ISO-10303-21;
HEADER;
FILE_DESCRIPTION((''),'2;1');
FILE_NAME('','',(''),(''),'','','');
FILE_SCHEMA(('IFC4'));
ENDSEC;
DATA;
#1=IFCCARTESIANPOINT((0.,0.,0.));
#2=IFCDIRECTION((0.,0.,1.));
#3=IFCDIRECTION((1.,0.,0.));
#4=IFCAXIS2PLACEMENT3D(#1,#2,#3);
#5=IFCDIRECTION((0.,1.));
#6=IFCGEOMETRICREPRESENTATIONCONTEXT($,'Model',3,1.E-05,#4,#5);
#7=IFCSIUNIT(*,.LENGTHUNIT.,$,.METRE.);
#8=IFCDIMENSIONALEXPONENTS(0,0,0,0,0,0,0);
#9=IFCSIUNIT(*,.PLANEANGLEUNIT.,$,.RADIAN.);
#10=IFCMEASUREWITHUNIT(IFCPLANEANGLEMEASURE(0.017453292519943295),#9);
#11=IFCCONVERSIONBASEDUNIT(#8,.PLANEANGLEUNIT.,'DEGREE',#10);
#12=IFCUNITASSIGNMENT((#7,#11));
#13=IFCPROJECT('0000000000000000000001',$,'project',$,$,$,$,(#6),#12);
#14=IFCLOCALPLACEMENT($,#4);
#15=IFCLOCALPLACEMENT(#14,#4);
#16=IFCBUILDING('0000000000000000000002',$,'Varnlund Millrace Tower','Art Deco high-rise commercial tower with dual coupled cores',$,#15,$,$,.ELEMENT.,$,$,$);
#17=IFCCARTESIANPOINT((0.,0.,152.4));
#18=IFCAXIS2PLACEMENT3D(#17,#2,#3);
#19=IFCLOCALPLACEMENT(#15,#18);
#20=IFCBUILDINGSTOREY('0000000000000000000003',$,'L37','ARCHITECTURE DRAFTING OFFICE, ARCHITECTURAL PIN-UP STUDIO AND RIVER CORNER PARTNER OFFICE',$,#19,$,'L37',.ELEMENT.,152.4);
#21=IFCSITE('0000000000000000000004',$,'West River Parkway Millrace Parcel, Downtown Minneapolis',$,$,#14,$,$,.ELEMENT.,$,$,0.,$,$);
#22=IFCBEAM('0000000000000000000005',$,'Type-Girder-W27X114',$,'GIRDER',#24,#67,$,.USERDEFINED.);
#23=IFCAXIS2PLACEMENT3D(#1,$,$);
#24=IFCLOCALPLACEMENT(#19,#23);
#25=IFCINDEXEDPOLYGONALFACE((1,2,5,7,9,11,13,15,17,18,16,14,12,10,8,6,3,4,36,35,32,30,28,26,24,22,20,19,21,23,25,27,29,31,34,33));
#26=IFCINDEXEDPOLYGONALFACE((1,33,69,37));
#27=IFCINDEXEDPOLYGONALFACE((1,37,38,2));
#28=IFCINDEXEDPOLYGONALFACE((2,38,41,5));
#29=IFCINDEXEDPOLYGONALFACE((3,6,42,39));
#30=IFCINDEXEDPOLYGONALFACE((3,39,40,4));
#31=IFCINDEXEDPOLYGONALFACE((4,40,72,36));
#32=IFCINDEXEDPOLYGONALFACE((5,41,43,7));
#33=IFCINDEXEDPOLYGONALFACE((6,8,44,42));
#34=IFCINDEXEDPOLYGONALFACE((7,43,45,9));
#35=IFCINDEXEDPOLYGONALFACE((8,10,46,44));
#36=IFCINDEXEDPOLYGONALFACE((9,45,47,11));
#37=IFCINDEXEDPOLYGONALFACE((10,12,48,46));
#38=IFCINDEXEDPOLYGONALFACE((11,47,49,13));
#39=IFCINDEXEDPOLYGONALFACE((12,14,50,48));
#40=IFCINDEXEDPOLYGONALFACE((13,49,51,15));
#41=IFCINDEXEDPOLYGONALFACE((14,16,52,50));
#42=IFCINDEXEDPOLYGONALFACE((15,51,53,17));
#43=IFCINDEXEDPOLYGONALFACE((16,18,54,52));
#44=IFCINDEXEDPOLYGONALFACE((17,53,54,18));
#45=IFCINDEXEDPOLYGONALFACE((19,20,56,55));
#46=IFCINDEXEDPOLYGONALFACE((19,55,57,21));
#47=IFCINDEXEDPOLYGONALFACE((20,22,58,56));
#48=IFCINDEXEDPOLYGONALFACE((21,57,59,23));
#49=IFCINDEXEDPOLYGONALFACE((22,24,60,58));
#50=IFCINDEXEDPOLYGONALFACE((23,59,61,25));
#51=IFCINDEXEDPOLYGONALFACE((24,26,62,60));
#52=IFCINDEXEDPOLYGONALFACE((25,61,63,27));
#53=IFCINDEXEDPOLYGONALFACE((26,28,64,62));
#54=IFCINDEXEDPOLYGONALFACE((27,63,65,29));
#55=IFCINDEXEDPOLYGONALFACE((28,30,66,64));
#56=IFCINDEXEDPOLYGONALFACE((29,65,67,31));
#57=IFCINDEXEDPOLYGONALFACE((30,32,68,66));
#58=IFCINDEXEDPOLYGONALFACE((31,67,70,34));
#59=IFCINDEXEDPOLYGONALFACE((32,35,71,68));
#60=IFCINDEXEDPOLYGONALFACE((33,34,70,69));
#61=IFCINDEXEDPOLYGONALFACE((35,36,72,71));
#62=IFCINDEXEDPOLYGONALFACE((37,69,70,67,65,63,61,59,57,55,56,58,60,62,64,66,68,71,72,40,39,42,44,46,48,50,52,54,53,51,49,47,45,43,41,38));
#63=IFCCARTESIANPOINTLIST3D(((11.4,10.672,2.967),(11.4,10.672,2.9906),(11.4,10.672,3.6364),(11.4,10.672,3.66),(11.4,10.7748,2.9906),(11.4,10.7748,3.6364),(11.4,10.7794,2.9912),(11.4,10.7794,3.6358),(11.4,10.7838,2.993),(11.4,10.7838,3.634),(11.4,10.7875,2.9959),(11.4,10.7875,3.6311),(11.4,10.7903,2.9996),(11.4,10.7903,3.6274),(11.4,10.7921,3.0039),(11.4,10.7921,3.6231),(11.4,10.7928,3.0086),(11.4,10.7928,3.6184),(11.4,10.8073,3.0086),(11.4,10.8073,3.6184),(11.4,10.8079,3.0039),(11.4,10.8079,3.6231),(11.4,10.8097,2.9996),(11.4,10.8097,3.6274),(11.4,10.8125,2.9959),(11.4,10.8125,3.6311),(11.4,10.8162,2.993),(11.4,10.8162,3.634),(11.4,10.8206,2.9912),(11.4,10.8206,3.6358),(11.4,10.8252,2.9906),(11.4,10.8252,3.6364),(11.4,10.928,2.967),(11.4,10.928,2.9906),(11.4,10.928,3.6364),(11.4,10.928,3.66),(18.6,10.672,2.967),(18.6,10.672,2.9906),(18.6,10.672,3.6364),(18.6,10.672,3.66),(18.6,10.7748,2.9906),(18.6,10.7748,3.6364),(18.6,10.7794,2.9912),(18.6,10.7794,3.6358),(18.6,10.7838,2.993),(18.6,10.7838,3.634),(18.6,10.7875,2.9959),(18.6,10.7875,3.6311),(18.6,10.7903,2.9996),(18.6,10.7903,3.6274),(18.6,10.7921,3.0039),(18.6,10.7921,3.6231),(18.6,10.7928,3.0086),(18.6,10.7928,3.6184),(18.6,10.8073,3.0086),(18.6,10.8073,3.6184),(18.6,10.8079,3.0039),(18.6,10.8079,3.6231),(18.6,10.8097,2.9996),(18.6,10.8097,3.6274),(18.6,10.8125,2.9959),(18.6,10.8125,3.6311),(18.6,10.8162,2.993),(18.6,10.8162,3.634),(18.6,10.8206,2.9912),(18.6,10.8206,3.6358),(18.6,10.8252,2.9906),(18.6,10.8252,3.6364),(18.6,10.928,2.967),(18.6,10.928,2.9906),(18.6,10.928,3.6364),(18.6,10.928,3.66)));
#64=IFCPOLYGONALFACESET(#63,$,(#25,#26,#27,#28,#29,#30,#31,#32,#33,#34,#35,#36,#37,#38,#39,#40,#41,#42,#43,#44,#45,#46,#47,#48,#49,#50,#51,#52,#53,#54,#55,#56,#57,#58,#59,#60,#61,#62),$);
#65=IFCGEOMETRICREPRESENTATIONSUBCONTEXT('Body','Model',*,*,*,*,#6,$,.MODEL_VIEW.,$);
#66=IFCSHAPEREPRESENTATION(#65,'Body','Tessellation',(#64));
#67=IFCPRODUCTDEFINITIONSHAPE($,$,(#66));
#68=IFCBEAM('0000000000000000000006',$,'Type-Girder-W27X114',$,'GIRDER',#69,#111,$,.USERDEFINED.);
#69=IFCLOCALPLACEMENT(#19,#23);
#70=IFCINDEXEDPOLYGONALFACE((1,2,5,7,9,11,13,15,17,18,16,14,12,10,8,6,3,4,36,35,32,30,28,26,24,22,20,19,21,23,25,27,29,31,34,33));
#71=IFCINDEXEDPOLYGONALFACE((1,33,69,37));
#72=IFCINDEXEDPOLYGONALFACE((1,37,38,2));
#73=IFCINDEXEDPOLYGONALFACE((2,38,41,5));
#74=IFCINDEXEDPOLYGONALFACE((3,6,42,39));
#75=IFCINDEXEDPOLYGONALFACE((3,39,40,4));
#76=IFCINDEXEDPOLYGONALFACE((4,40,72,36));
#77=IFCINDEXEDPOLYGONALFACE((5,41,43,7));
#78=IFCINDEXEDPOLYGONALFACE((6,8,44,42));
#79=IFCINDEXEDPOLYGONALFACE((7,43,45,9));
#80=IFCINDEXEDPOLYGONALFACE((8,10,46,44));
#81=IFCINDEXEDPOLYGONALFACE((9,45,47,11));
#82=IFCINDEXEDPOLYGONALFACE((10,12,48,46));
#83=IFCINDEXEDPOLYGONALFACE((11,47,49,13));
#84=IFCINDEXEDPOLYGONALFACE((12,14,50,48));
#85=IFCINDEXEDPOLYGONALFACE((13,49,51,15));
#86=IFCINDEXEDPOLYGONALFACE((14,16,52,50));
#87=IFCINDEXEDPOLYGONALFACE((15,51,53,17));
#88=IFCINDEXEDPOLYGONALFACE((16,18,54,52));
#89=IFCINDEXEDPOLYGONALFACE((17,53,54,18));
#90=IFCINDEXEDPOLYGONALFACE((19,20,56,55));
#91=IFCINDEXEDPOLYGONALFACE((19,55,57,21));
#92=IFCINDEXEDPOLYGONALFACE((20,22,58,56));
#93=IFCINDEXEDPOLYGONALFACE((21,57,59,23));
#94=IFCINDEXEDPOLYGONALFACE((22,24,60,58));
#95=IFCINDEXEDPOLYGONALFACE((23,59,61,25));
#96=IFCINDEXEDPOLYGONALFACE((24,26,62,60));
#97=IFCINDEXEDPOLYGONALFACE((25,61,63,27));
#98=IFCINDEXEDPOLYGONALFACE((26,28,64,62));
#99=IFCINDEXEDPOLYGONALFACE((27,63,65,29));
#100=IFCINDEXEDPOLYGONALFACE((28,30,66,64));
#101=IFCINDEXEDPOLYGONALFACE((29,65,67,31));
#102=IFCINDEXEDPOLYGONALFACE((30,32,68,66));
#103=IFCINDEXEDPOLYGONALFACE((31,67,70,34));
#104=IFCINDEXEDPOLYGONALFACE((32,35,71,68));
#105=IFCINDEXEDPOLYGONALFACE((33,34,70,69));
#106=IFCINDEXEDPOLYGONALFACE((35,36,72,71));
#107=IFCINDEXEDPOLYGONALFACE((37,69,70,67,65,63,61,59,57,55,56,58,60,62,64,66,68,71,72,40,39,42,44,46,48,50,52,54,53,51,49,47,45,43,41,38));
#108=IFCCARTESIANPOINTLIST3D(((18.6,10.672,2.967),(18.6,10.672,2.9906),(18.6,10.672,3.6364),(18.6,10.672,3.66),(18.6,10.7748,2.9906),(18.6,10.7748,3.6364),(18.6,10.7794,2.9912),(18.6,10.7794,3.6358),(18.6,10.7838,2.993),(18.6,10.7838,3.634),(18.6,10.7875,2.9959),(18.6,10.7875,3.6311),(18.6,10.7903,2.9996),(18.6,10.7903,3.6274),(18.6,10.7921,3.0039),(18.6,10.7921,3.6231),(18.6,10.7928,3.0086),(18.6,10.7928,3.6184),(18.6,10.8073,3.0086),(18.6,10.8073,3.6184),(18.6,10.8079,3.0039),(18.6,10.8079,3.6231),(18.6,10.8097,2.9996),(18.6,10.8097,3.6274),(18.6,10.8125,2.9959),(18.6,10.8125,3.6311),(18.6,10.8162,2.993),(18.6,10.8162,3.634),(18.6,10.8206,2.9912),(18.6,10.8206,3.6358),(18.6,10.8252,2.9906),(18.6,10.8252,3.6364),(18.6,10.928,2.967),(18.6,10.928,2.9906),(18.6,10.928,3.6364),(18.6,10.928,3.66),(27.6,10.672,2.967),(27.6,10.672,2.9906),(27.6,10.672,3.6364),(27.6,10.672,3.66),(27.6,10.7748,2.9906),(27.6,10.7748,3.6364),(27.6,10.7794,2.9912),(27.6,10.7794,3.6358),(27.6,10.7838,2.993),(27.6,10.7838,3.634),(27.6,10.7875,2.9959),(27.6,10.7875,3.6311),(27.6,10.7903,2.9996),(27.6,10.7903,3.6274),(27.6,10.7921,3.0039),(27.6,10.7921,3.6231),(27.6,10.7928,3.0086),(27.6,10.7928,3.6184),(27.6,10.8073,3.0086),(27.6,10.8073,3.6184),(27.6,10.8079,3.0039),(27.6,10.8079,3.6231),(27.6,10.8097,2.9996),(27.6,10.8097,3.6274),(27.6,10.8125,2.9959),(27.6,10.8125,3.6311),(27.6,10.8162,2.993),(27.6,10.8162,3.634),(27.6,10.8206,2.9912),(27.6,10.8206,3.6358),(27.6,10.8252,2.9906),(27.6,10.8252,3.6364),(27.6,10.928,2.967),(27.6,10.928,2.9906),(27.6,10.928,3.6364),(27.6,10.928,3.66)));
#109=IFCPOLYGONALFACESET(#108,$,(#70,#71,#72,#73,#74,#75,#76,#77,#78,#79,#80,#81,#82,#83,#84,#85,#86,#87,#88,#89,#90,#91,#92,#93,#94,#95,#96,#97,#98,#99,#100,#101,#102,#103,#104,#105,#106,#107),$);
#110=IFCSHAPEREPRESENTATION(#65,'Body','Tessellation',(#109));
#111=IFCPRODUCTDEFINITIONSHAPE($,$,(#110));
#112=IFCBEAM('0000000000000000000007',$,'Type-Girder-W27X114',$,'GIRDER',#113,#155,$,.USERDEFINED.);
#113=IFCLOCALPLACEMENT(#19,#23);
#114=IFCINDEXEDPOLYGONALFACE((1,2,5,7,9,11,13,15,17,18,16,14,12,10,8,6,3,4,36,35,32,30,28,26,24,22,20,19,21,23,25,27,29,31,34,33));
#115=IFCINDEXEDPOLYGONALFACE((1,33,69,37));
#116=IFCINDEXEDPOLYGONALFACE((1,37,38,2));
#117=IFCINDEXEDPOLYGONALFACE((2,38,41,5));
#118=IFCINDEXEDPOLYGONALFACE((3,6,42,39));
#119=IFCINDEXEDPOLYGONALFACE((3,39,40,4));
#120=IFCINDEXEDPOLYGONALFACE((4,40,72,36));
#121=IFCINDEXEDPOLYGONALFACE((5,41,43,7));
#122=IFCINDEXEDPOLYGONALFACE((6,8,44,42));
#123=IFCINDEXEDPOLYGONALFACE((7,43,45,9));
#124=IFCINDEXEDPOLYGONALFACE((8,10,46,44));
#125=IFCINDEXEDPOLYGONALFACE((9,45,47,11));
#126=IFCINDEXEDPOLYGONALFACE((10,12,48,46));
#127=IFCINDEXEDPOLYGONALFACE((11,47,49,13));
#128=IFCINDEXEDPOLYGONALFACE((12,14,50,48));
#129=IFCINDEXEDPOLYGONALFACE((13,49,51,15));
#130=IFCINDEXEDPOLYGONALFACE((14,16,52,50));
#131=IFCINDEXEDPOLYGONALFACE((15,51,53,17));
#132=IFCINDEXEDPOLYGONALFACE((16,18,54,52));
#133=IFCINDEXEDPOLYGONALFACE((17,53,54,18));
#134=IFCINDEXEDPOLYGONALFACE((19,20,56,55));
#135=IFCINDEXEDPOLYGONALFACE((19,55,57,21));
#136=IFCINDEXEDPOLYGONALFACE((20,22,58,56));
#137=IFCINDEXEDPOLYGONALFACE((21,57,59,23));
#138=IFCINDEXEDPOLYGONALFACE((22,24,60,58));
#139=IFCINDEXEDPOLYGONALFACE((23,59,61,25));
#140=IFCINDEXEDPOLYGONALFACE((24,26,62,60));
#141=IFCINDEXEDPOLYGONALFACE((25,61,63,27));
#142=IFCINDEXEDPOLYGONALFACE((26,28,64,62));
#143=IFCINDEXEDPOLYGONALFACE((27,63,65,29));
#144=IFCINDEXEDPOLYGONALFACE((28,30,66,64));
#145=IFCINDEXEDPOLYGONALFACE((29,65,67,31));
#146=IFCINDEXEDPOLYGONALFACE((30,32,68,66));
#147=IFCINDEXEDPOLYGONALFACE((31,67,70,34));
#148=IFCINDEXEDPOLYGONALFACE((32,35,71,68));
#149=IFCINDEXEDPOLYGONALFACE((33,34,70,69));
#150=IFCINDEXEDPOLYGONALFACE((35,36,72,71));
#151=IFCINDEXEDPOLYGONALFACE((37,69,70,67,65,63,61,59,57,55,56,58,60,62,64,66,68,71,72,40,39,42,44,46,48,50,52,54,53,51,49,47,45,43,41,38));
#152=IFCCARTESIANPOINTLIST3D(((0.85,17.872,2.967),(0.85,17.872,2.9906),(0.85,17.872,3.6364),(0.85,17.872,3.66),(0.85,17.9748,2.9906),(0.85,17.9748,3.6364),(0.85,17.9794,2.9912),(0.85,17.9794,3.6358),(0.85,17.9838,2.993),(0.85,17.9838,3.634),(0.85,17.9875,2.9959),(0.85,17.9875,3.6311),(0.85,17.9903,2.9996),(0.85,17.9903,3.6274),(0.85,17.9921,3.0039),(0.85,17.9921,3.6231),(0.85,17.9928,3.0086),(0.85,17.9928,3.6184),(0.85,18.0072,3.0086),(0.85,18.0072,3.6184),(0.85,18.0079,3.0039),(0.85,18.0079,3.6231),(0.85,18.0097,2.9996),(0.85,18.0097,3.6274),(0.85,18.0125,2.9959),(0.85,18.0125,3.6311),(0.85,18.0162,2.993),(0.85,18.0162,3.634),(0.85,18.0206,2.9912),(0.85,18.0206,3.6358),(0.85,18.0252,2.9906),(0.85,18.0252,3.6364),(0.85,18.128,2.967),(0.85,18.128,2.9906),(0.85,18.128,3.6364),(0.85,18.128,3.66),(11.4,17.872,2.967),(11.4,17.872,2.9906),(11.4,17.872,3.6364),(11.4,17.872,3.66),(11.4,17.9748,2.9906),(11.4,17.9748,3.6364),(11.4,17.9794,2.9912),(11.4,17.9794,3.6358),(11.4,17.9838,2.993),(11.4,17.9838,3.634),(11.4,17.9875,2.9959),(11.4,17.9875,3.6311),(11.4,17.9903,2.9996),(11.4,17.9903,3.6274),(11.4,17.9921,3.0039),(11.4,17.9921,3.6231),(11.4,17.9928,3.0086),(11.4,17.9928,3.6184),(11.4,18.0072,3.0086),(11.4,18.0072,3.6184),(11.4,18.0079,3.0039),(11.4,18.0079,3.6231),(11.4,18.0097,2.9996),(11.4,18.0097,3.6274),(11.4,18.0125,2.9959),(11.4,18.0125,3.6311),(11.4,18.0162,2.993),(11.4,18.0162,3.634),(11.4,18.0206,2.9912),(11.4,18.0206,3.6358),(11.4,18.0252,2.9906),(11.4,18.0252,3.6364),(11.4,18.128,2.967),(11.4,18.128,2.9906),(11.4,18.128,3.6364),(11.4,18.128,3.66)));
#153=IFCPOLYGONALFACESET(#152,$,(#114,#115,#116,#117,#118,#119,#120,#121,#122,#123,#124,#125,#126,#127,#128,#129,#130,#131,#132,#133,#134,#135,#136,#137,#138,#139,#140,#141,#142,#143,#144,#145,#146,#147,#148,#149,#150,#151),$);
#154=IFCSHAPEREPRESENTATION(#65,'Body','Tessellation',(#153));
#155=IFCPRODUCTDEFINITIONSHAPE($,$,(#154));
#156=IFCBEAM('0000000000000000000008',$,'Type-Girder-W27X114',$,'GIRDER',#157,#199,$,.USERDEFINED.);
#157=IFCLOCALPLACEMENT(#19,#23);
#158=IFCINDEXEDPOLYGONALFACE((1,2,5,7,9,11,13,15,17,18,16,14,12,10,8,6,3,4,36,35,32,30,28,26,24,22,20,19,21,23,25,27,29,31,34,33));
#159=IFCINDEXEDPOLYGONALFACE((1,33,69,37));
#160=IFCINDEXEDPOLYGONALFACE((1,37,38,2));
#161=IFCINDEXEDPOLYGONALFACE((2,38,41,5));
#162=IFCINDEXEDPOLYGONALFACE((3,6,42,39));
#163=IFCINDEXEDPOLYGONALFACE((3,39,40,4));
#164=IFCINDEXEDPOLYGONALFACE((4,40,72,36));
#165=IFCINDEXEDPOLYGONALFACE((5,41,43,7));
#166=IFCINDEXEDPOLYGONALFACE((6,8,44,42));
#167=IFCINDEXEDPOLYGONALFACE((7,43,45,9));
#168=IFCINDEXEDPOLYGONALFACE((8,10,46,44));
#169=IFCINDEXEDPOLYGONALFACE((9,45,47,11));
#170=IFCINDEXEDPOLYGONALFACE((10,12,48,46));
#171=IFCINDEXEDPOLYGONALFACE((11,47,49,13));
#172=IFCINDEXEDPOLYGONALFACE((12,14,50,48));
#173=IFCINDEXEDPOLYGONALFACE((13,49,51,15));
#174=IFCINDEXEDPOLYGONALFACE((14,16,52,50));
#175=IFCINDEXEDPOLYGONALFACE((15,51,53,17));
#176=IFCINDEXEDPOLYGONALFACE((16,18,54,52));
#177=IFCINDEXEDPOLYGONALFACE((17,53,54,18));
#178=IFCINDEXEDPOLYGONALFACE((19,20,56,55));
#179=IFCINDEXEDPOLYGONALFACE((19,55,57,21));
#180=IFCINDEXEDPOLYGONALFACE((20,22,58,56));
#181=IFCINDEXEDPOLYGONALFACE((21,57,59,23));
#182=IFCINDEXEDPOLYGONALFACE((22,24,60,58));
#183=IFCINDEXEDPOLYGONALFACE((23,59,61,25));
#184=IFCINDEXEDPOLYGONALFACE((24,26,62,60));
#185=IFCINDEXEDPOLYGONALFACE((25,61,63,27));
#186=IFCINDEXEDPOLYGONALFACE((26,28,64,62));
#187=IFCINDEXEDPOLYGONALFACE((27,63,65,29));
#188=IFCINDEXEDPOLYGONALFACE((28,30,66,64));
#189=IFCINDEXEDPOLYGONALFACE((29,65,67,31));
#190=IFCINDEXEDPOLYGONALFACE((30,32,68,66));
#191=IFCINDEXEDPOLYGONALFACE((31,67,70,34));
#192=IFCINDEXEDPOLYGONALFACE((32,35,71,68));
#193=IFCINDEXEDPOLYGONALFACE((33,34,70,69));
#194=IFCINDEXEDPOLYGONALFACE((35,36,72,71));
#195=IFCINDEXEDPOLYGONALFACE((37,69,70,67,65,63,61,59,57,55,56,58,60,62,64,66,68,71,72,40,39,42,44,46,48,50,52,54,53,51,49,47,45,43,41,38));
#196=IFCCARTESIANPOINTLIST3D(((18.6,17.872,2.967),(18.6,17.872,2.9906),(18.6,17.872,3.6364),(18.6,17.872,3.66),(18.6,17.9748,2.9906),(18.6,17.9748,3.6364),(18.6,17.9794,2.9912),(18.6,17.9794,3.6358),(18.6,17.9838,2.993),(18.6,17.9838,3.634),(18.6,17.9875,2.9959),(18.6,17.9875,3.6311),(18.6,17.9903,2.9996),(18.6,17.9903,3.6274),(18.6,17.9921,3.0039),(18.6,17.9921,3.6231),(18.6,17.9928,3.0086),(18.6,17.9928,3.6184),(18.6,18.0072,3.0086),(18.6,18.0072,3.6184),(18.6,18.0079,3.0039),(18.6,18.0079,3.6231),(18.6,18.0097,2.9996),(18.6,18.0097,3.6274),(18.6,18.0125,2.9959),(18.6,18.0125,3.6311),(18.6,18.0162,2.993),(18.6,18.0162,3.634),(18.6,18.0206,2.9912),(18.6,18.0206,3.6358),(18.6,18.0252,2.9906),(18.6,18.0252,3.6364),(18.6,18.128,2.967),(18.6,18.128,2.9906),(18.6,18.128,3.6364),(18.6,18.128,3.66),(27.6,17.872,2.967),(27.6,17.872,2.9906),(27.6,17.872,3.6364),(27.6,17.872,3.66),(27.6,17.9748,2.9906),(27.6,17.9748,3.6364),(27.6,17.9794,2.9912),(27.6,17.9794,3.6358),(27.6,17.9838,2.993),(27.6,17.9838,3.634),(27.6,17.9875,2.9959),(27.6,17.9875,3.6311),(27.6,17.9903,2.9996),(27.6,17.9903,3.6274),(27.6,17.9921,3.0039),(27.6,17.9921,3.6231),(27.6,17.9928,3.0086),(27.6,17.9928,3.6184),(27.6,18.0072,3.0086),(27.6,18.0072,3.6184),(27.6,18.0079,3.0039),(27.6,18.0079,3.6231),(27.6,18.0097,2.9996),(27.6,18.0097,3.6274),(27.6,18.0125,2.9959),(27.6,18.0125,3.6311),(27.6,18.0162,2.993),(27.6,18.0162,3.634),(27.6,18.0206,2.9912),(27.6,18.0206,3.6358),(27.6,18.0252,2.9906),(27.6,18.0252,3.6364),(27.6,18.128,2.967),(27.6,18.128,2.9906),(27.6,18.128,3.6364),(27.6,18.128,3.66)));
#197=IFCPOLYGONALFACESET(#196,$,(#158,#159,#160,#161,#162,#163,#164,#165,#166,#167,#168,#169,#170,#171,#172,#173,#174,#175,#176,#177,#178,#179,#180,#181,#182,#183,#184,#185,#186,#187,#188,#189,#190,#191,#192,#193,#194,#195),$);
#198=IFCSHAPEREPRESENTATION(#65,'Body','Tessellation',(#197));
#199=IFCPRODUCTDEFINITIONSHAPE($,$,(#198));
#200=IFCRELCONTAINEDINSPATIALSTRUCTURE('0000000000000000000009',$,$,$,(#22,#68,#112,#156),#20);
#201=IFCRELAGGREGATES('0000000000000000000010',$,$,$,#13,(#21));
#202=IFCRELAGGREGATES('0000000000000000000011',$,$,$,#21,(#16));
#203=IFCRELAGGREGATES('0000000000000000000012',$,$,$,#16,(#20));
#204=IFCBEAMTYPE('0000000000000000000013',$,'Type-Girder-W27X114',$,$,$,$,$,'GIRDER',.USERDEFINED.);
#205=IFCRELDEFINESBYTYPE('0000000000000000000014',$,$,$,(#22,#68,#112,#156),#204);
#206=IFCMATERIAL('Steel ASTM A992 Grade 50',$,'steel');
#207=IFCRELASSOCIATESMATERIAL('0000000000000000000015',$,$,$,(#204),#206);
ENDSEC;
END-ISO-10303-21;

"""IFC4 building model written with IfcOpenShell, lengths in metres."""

from ifc_helpers import new_model, entity, si_unit, converted_unit, direction, frame, origin_with_axes, origin_2d_with_axis, place, context, subcontext, project, spatial, i_section, extrude, material, material_profile, profile_set, type_object, element, save


model = new_model("IFC4")

# Units and contexts
model_context = context("Model", 3, precision=1e-05, world=origin_with_axes(), true_north=direction((0.0, 1.0)))
body_context = subcontext(model_context, "Body", "Model", "MODEL_VIEW")
ifc_project = project(units=[si_unit("LENGTHUNIT", "METRE"), converted_unit("PLANEANGLEUNIT", "DEGREE", entity("IfcPlaneAngleMeasure", 0.017453292519943295), si_unit("PLANEANGLEUNIT", "RADIAN"), dimensions=[0, 0, 0, 0, 0, 0, 0])], contexts=[model_context])

# Site, building, storey
site_placement = place(None, origin_with_axes())
site = spatial("IfcSite", under=ifc_project, at=site_placement, Name="West River Parkway Millrace Parcel, Downtown Minneapolis", CompositionType="ELEMENT", RefElevation=0.0)
building_placement = place(site_placement, origin_with_axes())
building = spatial("IfcBuilding", under=site, at=building_placement, Name="Varnlund Millrace Tower", Description="Art Deco high-rise commercial tower with dual coupled cores", CompositionType="ELEMENT")
storey_placement = place(building_placement, frame((0.0, 0.0, 152.4), z_axis=(0.0, 0.0, 1.0), x_axis=(1.0, 0.0, 0.0)))
storey = spatial("IfcBuildingStorey", under=building, at=storey_placement, Name="L37", Description="ARCHITECTURE DRAFTING OFFICE, ARCHITECTURAL PIN-UP STUDIO AND RIVER CORNER PARTNER OFFICE", LongName="L37", CompositionType="ELEMENT", Elevation=152.4)

# Beams
ifc_material_1 = material(Name="Steel ASTM A992 Grade 50", Category="steel")
ifc_material_profile_1 = material_profile(ifc_material_1, i_section(OverallWidth=0.256, OverallDepth=0.693, WebThickness=0.0145, FlangeThickness=0.0236, FilletRadius=0.018, at=origin_2d_with_axis()), Name="Steel ASTM A992 Grade 50")
ifc_profile_set_1 = profile_set([ifc_material_profile_1], Name="Steel ASTM A992 Grade 50")
beam_type_1 = type_object("IfcBeamType", Name="Type-Girder-W27X114", ElementType="GIRDER", PredefinedType="USERDEFINED", material=ifc_profile_set_1)
beam_1_placement = place(storey_placement, frame((11.4, 10.8, 3.3135), z_axis=(1.0, 0.0, 0.0), x_axis=(0.0, 1.0, 0.0)))
element("IfcBeam", 1, at=beam_1_placement, inside=storey, type_object=beam_type_1, Name="Type-Girder-W27X114", ObjectType="GIRDER", PredefinedType="USERDEFINED", context=body_context, shape_type="SweptSolid", body=[
    extrude(i_section(OverallWidth=0.256, OverallDepth=0.693, WebThickness=0.0145, FlangeThickness=0.0236, FilletRadius=0.018, at=origin_2d_with_axis()), origin_with_axes(), (0.0, 0.0, 1.0), 7.2),
])
beam_2_placement = place(storey_placement, frame((18.6, 10.8, 3.3135), z_axis=(1.0, 0.0, 0.0), x_axis=(0.0, 1.0, 0.0)))
element("IfcBeam", 2, at=beam_2_placement, inside=storey, type_object=beam_type_1, Name="Type-Girder-W27X114", ObjectType="GIRDER", PredefinedType="USERDEFINED", context=body_context, shape_type="SweptSolid", body=[
    extrude(i_section(OverallWidth=0.256, OverallDepth=0.693, WebThickness=0.0145, FlangeThickness=0.0236, FilletRadius=0.018, at=origin_2d_with_axis()), origin_with_axes(), (0.0, 0.0, 1.0), 9.0),
])
beam_3_placement = place(storey_placement, frame((0.85, 18.0, 3.3135), z_axis=(1.0, 0.0, 0.0), x_axis=(0.0, 1.0, 0.0)))
element("IfcBeam", 3, at=beam_3_placement, inside=storey, type_object=beam_type_1, Name="Type-Girder-W27X114", ObjectType="GIRDER", PredefinedType="USERDEFINED", context=body_context, shape_type="SweptSolid", body=[
    extrude(i_section(OverallWidth=0.256, OverallDepth=0.693, WebThickness=0.0145, FlangeThickness=0.0236, FilletRadius=0.018, at=origin_2d_with_axis()), origin_with_axes(), (0.0, 0.0, 1.0), 10.55),
])
beam_4_placement = place(storey_placement, frame((18.6, 18.0, 3.3135), z_axis=(1.0, 0.0, 0.0), x_axis=(0.0, 1.0, 0.0)))
element("IfcBeam", 4, at=beam_4_placement, inside=storey, type_object=beam_type_1, Name="Type-Girder-W27X114", ObjectType="GIRDER", PredefinedType="USERDEFINED", context=body_context, shape_type="SweptSolid", body=[
    extrude(i_section(OverallWidth=0.256, OverallDepth=0.693, WebThickness=0.0145, FlangeThickness=0.0236, FilletRadius=0.018, at=origin_2d_with_axis()), origin_with_axes(), (0.0, 0.0, 1.0), 9.0),
])

save(model, "model.ifc")
